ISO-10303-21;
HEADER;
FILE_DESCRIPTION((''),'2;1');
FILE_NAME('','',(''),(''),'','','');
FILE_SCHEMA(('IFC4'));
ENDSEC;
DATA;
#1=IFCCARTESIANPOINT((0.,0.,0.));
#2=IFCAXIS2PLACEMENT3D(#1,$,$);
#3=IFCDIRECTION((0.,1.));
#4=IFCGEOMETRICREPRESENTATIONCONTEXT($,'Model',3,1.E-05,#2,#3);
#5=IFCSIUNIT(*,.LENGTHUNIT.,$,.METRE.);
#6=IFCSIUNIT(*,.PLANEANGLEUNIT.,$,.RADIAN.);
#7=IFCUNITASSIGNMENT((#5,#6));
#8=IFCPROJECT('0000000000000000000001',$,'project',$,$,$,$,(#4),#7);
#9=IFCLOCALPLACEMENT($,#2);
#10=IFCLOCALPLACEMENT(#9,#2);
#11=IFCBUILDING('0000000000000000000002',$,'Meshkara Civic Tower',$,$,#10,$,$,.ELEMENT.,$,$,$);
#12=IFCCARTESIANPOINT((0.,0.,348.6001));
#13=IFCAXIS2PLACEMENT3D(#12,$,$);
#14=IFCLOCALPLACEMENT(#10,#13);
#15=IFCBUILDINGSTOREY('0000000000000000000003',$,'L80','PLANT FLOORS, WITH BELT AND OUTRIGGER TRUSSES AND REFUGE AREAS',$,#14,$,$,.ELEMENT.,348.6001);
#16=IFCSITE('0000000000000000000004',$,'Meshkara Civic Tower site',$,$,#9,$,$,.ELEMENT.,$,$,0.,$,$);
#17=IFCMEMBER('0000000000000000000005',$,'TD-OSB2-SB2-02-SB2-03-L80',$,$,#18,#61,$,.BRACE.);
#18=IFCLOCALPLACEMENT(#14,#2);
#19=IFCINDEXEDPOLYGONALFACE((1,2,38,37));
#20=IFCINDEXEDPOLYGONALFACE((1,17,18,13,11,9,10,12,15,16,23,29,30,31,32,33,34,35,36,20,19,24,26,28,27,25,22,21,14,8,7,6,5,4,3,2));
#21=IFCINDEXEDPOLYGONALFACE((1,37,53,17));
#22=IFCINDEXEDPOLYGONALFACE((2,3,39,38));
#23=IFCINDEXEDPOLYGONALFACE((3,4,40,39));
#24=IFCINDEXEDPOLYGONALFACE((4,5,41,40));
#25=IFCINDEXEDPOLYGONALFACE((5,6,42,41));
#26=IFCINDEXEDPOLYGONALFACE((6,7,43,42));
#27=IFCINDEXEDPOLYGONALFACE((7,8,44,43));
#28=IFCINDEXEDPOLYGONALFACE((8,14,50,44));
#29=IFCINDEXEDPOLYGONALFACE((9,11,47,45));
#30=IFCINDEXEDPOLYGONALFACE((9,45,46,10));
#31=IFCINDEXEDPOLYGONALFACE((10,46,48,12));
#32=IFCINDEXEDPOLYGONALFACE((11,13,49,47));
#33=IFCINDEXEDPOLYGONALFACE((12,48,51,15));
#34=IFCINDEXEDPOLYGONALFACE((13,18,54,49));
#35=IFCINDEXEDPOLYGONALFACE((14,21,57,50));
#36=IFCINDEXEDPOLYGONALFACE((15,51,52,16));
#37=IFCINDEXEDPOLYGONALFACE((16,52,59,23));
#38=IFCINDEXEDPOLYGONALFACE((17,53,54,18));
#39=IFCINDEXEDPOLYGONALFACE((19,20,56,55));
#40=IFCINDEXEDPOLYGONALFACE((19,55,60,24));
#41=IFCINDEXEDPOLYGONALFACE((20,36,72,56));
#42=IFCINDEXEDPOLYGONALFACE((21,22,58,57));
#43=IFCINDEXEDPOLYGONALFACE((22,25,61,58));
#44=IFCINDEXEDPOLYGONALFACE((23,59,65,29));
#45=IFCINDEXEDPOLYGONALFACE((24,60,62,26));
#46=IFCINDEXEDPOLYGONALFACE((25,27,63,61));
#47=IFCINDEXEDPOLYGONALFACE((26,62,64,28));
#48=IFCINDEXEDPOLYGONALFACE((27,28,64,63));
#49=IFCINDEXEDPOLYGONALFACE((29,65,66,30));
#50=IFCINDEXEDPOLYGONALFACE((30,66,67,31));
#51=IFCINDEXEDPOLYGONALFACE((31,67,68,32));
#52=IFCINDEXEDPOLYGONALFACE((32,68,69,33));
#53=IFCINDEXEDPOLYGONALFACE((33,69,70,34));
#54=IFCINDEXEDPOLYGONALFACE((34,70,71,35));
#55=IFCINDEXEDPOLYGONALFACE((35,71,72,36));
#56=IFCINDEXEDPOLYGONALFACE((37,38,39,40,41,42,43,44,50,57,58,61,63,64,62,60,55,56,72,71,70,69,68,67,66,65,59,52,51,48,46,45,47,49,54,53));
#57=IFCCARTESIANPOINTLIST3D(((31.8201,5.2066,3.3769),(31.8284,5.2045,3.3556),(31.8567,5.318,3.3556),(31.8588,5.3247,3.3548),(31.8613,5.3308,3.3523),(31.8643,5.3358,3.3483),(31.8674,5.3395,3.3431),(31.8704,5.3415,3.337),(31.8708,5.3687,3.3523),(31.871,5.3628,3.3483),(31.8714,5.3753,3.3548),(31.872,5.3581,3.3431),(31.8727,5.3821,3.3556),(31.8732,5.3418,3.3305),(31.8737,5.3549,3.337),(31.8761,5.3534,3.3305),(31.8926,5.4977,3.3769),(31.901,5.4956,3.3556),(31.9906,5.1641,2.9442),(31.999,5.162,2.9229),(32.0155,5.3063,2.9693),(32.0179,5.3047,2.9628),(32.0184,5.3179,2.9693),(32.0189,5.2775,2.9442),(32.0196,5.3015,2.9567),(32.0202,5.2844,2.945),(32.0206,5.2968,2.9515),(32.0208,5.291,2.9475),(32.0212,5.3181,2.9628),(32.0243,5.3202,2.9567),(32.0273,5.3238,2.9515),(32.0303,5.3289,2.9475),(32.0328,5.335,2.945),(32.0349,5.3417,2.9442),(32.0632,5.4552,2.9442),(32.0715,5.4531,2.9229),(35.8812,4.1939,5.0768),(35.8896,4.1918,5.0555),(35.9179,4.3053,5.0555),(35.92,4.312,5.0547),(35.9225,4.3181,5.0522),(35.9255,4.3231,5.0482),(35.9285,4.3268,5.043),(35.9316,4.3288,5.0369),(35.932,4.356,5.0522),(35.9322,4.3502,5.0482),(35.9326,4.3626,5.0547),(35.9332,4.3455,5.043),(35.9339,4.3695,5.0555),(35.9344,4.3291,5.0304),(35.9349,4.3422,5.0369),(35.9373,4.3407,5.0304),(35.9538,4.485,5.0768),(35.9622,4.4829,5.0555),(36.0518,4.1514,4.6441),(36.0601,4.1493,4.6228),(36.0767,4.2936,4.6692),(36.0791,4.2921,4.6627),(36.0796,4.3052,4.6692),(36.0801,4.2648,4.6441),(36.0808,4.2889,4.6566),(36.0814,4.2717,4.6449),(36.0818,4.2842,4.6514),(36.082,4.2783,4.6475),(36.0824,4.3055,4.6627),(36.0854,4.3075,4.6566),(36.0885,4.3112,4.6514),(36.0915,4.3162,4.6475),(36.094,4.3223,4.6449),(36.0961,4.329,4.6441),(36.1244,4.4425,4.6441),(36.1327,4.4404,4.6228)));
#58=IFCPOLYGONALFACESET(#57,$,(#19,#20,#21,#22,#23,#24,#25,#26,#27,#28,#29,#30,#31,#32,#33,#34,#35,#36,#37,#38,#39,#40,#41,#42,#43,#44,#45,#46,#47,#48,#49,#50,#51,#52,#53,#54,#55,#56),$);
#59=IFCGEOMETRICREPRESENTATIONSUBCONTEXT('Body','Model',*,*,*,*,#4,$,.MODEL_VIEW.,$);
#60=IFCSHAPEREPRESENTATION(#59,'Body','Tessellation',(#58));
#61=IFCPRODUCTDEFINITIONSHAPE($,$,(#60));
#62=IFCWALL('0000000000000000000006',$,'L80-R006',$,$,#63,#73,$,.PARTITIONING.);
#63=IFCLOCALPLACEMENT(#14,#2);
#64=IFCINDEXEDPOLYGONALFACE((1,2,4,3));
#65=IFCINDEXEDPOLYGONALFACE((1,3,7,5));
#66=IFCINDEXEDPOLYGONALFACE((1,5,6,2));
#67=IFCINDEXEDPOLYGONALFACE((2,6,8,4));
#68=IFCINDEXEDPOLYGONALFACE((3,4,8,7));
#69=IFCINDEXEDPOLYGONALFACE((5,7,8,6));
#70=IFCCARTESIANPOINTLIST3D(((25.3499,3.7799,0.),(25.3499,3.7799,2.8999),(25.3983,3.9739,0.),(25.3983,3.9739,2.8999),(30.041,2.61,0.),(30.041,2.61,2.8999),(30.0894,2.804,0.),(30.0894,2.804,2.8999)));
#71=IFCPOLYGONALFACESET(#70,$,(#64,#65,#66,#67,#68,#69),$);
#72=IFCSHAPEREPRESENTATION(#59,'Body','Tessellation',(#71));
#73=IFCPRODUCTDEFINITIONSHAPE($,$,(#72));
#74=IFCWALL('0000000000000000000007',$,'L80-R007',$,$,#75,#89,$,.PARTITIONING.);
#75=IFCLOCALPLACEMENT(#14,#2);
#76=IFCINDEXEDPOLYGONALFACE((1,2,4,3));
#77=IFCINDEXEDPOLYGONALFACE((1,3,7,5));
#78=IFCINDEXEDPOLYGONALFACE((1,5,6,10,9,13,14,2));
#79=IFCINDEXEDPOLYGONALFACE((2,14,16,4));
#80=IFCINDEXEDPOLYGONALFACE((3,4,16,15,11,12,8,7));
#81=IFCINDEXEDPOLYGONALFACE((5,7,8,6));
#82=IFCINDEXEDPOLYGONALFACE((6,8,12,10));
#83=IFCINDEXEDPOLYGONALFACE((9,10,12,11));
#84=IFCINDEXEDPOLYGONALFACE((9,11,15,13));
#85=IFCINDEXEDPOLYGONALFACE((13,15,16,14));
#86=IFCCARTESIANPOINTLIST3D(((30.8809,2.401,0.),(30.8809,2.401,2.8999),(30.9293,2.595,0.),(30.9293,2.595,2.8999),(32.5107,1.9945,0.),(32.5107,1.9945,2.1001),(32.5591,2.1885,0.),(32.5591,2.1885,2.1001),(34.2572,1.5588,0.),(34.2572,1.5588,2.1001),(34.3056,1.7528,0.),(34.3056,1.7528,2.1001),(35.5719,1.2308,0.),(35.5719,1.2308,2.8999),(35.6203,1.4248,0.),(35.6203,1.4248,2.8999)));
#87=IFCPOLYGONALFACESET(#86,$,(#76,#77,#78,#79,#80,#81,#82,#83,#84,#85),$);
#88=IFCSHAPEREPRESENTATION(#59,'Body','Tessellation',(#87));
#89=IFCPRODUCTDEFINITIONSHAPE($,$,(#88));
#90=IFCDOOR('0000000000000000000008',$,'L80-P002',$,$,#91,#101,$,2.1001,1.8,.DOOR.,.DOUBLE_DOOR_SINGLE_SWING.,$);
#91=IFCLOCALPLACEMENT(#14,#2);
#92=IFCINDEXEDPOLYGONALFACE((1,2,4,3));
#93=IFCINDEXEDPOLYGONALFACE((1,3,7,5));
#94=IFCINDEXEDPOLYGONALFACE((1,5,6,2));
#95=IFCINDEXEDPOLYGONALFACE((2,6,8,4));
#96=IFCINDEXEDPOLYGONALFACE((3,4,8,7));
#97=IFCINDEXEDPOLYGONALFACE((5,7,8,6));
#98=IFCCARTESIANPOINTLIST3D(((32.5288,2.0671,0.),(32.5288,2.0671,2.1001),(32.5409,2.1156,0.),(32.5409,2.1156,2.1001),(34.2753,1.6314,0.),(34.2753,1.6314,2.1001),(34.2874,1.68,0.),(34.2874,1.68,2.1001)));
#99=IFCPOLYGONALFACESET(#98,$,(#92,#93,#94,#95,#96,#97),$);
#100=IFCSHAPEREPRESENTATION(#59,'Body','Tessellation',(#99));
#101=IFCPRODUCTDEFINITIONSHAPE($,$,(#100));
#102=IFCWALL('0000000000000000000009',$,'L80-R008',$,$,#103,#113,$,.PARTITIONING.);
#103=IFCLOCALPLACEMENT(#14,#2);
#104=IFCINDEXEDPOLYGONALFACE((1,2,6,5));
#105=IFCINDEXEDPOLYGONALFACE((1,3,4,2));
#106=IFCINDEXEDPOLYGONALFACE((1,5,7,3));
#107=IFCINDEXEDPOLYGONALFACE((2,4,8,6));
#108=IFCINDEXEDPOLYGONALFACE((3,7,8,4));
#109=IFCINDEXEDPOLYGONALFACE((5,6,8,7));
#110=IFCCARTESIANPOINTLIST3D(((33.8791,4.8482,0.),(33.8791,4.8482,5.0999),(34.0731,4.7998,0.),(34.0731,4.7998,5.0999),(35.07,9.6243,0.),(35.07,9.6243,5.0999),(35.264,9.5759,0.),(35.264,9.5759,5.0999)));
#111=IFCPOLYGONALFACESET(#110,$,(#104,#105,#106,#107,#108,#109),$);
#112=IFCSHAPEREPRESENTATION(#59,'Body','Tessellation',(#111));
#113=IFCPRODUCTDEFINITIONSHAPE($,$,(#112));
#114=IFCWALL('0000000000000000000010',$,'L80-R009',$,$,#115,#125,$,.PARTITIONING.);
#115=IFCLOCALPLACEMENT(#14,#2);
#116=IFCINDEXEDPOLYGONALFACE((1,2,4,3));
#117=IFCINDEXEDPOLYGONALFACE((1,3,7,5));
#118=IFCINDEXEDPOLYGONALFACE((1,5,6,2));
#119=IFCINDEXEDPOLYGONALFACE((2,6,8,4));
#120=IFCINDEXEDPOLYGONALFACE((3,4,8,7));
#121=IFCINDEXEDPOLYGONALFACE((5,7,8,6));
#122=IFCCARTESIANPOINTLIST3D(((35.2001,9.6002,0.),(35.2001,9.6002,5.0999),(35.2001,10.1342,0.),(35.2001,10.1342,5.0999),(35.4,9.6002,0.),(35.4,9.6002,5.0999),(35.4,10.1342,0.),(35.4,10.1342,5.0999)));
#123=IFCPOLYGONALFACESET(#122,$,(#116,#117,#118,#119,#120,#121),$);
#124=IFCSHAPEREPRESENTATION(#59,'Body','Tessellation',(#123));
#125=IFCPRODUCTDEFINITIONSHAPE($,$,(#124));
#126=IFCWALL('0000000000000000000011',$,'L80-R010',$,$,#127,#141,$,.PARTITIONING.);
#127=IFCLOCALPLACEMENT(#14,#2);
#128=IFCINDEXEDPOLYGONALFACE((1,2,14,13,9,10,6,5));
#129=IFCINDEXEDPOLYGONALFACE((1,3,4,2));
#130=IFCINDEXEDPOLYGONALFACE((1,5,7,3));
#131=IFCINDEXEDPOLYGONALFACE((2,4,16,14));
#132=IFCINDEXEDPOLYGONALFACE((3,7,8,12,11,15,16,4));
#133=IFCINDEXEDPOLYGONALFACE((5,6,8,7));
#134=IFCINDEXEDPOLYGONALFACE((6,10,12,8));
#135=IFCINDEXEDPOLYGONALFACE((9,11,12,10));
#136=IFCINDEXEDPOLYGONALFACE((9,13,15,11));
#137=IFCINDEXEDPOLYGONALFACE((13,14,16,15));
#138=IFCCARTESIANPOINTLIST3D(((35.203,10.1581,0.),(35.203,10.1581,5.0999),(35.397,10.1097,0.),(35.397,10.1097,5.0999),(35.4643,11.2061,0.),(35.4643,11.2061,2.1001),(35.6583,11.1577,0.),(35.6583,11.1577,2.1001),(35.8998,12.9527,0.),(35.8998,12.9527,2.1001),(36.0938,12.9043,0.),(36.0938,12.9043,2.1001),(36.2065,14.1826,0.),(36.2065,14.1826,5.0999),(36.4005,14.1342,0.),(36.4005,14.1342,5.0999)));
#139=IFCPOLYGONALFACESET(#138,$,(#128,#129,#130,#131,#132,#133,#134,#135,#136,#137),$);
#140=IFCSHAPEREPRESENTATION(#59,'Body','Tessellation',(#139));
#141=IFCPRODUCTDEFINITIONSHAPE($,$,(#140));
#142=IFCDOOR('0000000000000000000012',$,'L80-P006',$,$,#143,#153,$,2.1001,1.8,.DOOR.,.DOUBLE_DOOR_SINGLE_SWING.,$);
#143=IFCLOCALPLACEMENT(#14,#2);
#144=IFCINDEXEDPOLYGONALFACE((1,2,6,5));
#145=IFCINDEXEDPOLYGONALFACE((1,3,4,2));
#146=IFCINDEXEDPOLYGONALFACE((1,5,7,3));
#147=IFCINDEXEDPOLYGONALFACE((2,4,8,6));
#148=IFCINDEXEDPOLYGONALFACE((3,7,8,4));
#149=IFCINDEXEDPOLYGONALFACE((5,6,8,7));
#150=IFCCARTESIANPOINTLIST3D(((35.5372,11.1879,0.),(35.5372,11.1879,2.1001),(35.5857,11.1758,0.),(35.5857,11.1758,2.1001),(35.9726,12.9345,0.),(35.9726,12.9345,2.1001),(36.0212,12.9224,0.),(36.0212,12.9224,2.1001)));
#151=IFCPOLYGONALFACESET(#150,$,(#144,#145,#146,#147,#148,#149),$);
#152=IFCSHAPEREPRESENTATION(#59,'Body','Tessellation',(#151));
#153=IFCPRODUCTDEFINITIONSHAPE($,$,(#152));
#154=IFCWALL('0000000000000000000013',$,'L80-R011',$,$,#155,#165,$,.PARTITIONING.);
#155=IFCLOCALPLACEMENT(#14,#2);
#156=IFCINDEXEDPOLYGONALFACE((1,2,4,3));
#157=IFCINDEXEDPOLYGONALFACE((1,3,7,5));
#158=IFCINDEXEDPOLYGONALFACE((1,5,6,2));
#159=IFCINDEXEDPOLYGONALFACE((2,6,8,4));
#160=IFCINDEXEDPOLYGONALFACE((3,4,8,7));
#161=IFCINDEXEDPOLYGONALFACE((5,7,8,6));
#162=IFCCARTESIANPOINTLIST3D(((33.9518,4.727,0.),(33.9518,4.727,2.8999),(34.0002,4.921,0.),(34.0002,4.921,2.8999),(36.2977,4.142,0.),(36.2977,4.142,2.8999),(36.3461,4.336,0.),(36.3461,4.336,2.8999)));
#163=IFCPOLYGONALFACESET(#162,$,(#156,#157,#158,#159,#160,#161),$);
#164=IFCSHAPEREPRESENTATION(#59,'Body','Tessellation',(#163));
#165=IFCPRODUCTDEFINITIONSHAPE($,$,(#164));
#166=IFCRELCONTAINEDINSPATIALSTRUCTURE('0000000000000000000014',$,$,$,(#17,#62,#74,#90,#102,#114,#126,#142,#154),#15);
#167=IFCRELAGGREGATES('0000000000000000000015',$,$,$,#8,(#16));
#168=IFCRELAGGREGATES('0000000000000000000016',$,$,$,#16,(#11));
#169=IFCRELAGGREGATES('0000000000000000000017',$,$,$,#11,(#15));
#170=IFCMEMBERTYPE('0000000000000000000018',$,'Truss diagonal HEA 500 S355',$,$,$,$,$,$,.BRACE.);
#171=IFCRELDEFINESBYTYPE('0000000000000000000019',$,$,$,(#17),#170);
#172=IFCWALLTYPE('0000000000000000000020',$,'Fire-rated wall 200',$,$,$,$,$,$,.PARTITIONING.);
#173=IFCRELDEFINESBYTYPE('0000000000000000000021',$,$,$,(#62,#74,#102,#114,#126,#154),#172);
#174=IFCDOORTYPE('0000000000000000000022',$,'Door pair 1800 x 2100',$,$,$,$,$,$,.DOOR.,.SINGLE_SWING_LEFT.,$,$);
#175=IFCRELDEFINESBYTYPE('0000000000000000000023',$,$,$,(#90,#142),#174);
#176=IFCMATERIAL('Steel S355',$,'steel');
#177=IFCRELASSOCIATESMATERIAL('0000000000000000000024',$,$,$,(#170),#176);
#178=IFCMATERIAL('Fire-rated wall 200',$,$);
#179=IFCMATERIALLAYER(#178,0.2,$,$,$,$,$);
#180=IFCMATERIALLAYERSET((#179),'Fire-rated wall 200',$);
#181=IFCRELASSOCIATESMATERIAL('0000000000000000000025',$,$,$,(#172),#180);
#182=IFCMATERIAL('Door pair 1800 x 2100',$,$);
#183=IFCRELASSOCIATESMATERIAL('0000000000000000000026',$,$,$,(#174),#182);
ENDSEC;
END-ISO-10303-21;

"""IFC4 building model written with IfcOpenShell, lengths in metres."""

from ifc_helpers import new_model, si_unit, direction, frame, frame_2d, origin, origin_2d, place, context, subcontext, project, spatial, rectangle, i_section, extrude, material, layer, layer_set, material_profile, profile_set, type_object, element, fill, save


model = new_model("IFC4")

# Units and contexts
model_context = context("Model", 3, precision=1e-05, world=origin(), true_north=direction((0.0, 1.0)))
body_context = subcontext(model_context, "Body", "Model", "MODEL_VIEW")
ifc_project = project(units=[si_unit("LENGTHUNIT", "METRE"), si_unit("PLANEANGLEUNIT", "RADIAN")], contexts=[model_context])

# Site, building, storey
site_placement = place(None, origin())
site = spatial("IfcSite", under=ifc_project, at=site_placement, Name="Meshkara Civic Tower site", CompositionType="ELEMENT", RefElevation=0.0)
building_placement = place(site_placement, origin())
building = spatial("IfcBuilding", under=site, at=building_placement, Name="Meshkara Civic Tower", CompositionType="ELEMENT")
storey_placement = place(building_placement, frame((0.0, 0.0, 348.6001)))
storey = spatial("IfcBuildingStorey", under=building, at=storey_placement, Name="L80", Description="PLANT FLOORS, WITH BELT AND OUTRIGGER TRUSSES AND REFUGE AREAS", CompositionType="ELEMENT", Elevation=348.6001)

# Member
ifc_material_1 = material(Name="Steel S355", Category="steel")
ifc_material_profile_1 = material_profile(ifc_material_1, i_section(OverallWidth=0.3, OverallDepth=0.49, WebThickness=0.012, FlangeThickness=0.0229, FilletRadius=0.0271, at=origin_2d()))
ifc_profile_set_1 = profile_set([ifc_material_profile_1], Name="Steel S355")
member_type = type_object("IfcMemberType", Name="Truss diagonal HEA 500 S355", PredefinedType="BRACE", material=ifc_profile_set_1)
member_placement = place(storey_placement, frame((31.9458, 5.3298, 3.1499), z_axis=(0.898976, -0.224163, 0.376289), x_axis=(0.241945, 0.97029, 0.0)))
element("IfcMember", 1, at=member_placement, inside=storey, type_object=member_type, Name="TD-OSB2-SB2-02-SB2-03-L80", PredefinedType="BRACE", context=body_context, shape_type="SweptSolid", body=[
    extrude(i_section(OverallWidth=0.3, OverallDepth=0.49, WebThickness=0.012, FlangeThickness=0.0229, FilletRadius=0.0271, at=origin_2d()), origin(), (0.0, 0.0, 1.0), 4.5176),
])

# Wall
ifc_material_2 = material(Name="Fire-rated wall 200")
ifc_layer = layer(ifc_material_2, 0.2)
ifc_layer_set = layer_set([ifc_layer], Name="Fire-rated wall 200")
wall_type = type_object("IfcWallType", Name="Fire-rated wall 200", PredefinedType="PARTITIONING", material=ifc_layer_set)
wall_1_placement = place(storey_placement, frame((25.374, 3.877, 0.0), z_axis=(0.0, 0.0, 1.0), x_axis=(0.970279, -0.241989, 0.0)))
element("IfcWall", 2, at=wall_1_placement, inside=storey, type_object=wall_type, Name="L80-R006", PredefinedType="PARTITIONING", context=body_context, shape_type="SweptSolid", body=[
    extrude(rectangle(XDim=4.8347, YDim=0.2, at=frame_2d((2.4175, 0.0))), origin(), (0.0, 0.0, 1.0), 2.8999),
])

# Wall, opening, door
wall_2_placement = place(storey_placement, frame((30.905, 2.498, 0.0), z_axis=(0.0, 0.0, 1.0), x_axis=(0.970267, -0.242037, 0.0)))
wall_2 = element("IfcWall", 3, at=wall_2_placement, inside=storey, type_object=wall_type, Name="L80-R007", PredefinedType="PARTITIONING", context=body_context, shape_type="SweptSolid", body=[
    extrude(rectangle(XDim=4.8347, YDim=0.2, at=frame_2d((2.4175, 0.0))), origin(), (0.0, 0.0, 1.0), 2.8999),
])
opening_1_placement = place(wall_2_placement, frame((1.6799, 0.0, 0.0)))
opening_1 = element("IfcOpeningElement", 4, at=opening_1_placement, cuts=wall_2, PredefinedType="OPENING", context=body_context, shape_type="SweptSolid", body=[
    extrude(rectangle(XDim=1.8, YDim=2.1001, at=frame_2d((0.8999, 1.05))), frame((0.0, 0.1099, 0.0), z_axis=(0.0, -1.0, 0.0), x_axis=(1.0, 0.0, 0.0)), (0.0, 0.0, 1.0), 0.22),
])
ifc_material_3 = material(Name="Door pair 1800 x 2100")
door_type = type_object("IfcDoorType", Name="Door pair 1800 x 2100", OperationType="SINGLE_SWING_LEFT", PredefinedType="DOOR", material=ifc_material_3)
door_1_placement = place(opening_1_placement, origin())
door_1 = element("IfcDoor", 5, at=door_1_placement, inside=storey, type_object=door_type, Name="L80-P002", OperationType="DOUBLE_DOOR_SINGLE_SWING", OverallHeight=2.1001, OverallWidth=1.8, PredefinedType="DOOR", context=body_context, shape_type="SweptSolid", body=[
    extrude(rectangle(XDim=1.8, YDim=2.1001, at=frame_2d((0.8999, 1.05))), frame((0.0, 0.0249, 0.0), z_axis=(0.0, -1.0, 0.0), x_axis=(1.0, 0.0, 0.0)), (0.0, 0.0, 1.0), 0.05),
])
fill(opening_1, door_1)

# Walls
wall_3_placement = place(storey_placement, frame((33.9761, 4.824, 0.0), z_axis=(0.0, 0.0, 1.0), x_axis=(0.24194, 0.970291, 0.0)))
element("IfcWall", 6, at=wall_3_placement, inside=storey, type_object=wall_type, Name="L80-R008", PredefinedType="PARTITIONING", context=body_context, shape_type="SweptSolid", body=[
    extrude(rectangle(XDim=4.9224, YDim=0.2, at=frame_2d((2.4612, 0.0))), origin(), (0.0, 0.0, 1.0), 5.0999),
])
wall_4_placement = place(storey_placement, frame((35.3, 9.6001, 0.0), z_axis=(0.0, 0.0, 1.0), x_axis=(0.0, 1.0, 0.0)))
element("IfcWall", 7, at=wall_4_placement, inside=storey, type_object=wall_type, Name="L80-R009", PredefinedType="PARTITIONING", context=body_context, shape_type="SweptSolid", body=[
    extrude(rectangle(XDim=0.5339, YDim=0.2, at=frame_2d((0.2671, 0.0))), origin(), (0.0, 0.0, 1.0), 5.0999),
])

# Wall, opening, door
wall_5_placement = place(storey_placement, frame((35.3, 10.134, 0.0), z_axis=(0.0, 0.0, 1.0), x_axis=(0.241926, 0.970295, 0.0)))
wall_5 = element("IfcWall", 8, at=wall_5_placement, inside=storey, type_object=wall_type, Name="L80-R010", PredefinedType="PARTITIONING", context=body_context, shape_type="SweptSolid", body=[
    extrude(rectangle(XDim=4.1477, YDim=0.2, at=frame_2d((2.0737, 0.0))), origin(), (0.0, 0.0, 1.0), 5.0999),
])
opening_2_placement = place(wall_5_placement, frame((1.0801, 0.0, 0.0)))
opening_2 = element("IfcOpeningElement", 9, at=opening_2_placement, cuts=wall_5, PredefinedType="OPENING", context=body_context, shape_type="SweptSolid", body=[
    extrude(rectangle(XDim=1.8, YDim=2.1001, at=frame_2d((0.8999, 1.05))), frame((0.0, 0.1099, 0.0), z_axis=(0.0, -1.0, 0.0), x_axis=(1.0, 0.0, 0.0)), (0.0, 0.0, 1.0), 0.22),
])
door_2_placement = place(opening_2_placement, origin())
door_2 = element("IfcDoor", 10, at=door_2_placement, inside=storey, type_object=door_type, Name="L80-P006", OperationType="DOUBLE_DOOR_SINGLE_SWING", OverallHeight=2.1001, OverallWidth=1.8, PredefinedType="DOOR", context=body_context, shape_type="SweptSolid", body=[
    extrude(rectangle(XDim=1.8, YDim=2.1001, at=frame_2d((0.8999, 1.05))), frame((0.0, 0.0249, 0.0), z_axis=(0.0, -1.0, 0.0), x_axis=(1.0, 0.0, 0.0)), (0.0, 0.0, 1.0), 0.05),
])
fill(opening_2, door_2)

# Wall
wall_6_placement = place(storey_placement, frame((36.322, 4.239, 0.0), z_axis=(0.0, 0.0, 1.0), x_axis=(-0.970291, 0.241942, 0.0)))
element("IfcWall", 11, at=wall_6_placement, inside=storey, type_object=wall_type, Name="L80-R011", PredefinedType="PARTITIONING", context=body_context, shape_type="SweptSolid", body=[
    extrude(rectangle(XDim=2.4177, YDim=0.2, at=frame_2d((1.209, 0.0))), origin(), (0.0, 0.0, 1.0), 2.8999),
])

save(model, "model.ifc")
